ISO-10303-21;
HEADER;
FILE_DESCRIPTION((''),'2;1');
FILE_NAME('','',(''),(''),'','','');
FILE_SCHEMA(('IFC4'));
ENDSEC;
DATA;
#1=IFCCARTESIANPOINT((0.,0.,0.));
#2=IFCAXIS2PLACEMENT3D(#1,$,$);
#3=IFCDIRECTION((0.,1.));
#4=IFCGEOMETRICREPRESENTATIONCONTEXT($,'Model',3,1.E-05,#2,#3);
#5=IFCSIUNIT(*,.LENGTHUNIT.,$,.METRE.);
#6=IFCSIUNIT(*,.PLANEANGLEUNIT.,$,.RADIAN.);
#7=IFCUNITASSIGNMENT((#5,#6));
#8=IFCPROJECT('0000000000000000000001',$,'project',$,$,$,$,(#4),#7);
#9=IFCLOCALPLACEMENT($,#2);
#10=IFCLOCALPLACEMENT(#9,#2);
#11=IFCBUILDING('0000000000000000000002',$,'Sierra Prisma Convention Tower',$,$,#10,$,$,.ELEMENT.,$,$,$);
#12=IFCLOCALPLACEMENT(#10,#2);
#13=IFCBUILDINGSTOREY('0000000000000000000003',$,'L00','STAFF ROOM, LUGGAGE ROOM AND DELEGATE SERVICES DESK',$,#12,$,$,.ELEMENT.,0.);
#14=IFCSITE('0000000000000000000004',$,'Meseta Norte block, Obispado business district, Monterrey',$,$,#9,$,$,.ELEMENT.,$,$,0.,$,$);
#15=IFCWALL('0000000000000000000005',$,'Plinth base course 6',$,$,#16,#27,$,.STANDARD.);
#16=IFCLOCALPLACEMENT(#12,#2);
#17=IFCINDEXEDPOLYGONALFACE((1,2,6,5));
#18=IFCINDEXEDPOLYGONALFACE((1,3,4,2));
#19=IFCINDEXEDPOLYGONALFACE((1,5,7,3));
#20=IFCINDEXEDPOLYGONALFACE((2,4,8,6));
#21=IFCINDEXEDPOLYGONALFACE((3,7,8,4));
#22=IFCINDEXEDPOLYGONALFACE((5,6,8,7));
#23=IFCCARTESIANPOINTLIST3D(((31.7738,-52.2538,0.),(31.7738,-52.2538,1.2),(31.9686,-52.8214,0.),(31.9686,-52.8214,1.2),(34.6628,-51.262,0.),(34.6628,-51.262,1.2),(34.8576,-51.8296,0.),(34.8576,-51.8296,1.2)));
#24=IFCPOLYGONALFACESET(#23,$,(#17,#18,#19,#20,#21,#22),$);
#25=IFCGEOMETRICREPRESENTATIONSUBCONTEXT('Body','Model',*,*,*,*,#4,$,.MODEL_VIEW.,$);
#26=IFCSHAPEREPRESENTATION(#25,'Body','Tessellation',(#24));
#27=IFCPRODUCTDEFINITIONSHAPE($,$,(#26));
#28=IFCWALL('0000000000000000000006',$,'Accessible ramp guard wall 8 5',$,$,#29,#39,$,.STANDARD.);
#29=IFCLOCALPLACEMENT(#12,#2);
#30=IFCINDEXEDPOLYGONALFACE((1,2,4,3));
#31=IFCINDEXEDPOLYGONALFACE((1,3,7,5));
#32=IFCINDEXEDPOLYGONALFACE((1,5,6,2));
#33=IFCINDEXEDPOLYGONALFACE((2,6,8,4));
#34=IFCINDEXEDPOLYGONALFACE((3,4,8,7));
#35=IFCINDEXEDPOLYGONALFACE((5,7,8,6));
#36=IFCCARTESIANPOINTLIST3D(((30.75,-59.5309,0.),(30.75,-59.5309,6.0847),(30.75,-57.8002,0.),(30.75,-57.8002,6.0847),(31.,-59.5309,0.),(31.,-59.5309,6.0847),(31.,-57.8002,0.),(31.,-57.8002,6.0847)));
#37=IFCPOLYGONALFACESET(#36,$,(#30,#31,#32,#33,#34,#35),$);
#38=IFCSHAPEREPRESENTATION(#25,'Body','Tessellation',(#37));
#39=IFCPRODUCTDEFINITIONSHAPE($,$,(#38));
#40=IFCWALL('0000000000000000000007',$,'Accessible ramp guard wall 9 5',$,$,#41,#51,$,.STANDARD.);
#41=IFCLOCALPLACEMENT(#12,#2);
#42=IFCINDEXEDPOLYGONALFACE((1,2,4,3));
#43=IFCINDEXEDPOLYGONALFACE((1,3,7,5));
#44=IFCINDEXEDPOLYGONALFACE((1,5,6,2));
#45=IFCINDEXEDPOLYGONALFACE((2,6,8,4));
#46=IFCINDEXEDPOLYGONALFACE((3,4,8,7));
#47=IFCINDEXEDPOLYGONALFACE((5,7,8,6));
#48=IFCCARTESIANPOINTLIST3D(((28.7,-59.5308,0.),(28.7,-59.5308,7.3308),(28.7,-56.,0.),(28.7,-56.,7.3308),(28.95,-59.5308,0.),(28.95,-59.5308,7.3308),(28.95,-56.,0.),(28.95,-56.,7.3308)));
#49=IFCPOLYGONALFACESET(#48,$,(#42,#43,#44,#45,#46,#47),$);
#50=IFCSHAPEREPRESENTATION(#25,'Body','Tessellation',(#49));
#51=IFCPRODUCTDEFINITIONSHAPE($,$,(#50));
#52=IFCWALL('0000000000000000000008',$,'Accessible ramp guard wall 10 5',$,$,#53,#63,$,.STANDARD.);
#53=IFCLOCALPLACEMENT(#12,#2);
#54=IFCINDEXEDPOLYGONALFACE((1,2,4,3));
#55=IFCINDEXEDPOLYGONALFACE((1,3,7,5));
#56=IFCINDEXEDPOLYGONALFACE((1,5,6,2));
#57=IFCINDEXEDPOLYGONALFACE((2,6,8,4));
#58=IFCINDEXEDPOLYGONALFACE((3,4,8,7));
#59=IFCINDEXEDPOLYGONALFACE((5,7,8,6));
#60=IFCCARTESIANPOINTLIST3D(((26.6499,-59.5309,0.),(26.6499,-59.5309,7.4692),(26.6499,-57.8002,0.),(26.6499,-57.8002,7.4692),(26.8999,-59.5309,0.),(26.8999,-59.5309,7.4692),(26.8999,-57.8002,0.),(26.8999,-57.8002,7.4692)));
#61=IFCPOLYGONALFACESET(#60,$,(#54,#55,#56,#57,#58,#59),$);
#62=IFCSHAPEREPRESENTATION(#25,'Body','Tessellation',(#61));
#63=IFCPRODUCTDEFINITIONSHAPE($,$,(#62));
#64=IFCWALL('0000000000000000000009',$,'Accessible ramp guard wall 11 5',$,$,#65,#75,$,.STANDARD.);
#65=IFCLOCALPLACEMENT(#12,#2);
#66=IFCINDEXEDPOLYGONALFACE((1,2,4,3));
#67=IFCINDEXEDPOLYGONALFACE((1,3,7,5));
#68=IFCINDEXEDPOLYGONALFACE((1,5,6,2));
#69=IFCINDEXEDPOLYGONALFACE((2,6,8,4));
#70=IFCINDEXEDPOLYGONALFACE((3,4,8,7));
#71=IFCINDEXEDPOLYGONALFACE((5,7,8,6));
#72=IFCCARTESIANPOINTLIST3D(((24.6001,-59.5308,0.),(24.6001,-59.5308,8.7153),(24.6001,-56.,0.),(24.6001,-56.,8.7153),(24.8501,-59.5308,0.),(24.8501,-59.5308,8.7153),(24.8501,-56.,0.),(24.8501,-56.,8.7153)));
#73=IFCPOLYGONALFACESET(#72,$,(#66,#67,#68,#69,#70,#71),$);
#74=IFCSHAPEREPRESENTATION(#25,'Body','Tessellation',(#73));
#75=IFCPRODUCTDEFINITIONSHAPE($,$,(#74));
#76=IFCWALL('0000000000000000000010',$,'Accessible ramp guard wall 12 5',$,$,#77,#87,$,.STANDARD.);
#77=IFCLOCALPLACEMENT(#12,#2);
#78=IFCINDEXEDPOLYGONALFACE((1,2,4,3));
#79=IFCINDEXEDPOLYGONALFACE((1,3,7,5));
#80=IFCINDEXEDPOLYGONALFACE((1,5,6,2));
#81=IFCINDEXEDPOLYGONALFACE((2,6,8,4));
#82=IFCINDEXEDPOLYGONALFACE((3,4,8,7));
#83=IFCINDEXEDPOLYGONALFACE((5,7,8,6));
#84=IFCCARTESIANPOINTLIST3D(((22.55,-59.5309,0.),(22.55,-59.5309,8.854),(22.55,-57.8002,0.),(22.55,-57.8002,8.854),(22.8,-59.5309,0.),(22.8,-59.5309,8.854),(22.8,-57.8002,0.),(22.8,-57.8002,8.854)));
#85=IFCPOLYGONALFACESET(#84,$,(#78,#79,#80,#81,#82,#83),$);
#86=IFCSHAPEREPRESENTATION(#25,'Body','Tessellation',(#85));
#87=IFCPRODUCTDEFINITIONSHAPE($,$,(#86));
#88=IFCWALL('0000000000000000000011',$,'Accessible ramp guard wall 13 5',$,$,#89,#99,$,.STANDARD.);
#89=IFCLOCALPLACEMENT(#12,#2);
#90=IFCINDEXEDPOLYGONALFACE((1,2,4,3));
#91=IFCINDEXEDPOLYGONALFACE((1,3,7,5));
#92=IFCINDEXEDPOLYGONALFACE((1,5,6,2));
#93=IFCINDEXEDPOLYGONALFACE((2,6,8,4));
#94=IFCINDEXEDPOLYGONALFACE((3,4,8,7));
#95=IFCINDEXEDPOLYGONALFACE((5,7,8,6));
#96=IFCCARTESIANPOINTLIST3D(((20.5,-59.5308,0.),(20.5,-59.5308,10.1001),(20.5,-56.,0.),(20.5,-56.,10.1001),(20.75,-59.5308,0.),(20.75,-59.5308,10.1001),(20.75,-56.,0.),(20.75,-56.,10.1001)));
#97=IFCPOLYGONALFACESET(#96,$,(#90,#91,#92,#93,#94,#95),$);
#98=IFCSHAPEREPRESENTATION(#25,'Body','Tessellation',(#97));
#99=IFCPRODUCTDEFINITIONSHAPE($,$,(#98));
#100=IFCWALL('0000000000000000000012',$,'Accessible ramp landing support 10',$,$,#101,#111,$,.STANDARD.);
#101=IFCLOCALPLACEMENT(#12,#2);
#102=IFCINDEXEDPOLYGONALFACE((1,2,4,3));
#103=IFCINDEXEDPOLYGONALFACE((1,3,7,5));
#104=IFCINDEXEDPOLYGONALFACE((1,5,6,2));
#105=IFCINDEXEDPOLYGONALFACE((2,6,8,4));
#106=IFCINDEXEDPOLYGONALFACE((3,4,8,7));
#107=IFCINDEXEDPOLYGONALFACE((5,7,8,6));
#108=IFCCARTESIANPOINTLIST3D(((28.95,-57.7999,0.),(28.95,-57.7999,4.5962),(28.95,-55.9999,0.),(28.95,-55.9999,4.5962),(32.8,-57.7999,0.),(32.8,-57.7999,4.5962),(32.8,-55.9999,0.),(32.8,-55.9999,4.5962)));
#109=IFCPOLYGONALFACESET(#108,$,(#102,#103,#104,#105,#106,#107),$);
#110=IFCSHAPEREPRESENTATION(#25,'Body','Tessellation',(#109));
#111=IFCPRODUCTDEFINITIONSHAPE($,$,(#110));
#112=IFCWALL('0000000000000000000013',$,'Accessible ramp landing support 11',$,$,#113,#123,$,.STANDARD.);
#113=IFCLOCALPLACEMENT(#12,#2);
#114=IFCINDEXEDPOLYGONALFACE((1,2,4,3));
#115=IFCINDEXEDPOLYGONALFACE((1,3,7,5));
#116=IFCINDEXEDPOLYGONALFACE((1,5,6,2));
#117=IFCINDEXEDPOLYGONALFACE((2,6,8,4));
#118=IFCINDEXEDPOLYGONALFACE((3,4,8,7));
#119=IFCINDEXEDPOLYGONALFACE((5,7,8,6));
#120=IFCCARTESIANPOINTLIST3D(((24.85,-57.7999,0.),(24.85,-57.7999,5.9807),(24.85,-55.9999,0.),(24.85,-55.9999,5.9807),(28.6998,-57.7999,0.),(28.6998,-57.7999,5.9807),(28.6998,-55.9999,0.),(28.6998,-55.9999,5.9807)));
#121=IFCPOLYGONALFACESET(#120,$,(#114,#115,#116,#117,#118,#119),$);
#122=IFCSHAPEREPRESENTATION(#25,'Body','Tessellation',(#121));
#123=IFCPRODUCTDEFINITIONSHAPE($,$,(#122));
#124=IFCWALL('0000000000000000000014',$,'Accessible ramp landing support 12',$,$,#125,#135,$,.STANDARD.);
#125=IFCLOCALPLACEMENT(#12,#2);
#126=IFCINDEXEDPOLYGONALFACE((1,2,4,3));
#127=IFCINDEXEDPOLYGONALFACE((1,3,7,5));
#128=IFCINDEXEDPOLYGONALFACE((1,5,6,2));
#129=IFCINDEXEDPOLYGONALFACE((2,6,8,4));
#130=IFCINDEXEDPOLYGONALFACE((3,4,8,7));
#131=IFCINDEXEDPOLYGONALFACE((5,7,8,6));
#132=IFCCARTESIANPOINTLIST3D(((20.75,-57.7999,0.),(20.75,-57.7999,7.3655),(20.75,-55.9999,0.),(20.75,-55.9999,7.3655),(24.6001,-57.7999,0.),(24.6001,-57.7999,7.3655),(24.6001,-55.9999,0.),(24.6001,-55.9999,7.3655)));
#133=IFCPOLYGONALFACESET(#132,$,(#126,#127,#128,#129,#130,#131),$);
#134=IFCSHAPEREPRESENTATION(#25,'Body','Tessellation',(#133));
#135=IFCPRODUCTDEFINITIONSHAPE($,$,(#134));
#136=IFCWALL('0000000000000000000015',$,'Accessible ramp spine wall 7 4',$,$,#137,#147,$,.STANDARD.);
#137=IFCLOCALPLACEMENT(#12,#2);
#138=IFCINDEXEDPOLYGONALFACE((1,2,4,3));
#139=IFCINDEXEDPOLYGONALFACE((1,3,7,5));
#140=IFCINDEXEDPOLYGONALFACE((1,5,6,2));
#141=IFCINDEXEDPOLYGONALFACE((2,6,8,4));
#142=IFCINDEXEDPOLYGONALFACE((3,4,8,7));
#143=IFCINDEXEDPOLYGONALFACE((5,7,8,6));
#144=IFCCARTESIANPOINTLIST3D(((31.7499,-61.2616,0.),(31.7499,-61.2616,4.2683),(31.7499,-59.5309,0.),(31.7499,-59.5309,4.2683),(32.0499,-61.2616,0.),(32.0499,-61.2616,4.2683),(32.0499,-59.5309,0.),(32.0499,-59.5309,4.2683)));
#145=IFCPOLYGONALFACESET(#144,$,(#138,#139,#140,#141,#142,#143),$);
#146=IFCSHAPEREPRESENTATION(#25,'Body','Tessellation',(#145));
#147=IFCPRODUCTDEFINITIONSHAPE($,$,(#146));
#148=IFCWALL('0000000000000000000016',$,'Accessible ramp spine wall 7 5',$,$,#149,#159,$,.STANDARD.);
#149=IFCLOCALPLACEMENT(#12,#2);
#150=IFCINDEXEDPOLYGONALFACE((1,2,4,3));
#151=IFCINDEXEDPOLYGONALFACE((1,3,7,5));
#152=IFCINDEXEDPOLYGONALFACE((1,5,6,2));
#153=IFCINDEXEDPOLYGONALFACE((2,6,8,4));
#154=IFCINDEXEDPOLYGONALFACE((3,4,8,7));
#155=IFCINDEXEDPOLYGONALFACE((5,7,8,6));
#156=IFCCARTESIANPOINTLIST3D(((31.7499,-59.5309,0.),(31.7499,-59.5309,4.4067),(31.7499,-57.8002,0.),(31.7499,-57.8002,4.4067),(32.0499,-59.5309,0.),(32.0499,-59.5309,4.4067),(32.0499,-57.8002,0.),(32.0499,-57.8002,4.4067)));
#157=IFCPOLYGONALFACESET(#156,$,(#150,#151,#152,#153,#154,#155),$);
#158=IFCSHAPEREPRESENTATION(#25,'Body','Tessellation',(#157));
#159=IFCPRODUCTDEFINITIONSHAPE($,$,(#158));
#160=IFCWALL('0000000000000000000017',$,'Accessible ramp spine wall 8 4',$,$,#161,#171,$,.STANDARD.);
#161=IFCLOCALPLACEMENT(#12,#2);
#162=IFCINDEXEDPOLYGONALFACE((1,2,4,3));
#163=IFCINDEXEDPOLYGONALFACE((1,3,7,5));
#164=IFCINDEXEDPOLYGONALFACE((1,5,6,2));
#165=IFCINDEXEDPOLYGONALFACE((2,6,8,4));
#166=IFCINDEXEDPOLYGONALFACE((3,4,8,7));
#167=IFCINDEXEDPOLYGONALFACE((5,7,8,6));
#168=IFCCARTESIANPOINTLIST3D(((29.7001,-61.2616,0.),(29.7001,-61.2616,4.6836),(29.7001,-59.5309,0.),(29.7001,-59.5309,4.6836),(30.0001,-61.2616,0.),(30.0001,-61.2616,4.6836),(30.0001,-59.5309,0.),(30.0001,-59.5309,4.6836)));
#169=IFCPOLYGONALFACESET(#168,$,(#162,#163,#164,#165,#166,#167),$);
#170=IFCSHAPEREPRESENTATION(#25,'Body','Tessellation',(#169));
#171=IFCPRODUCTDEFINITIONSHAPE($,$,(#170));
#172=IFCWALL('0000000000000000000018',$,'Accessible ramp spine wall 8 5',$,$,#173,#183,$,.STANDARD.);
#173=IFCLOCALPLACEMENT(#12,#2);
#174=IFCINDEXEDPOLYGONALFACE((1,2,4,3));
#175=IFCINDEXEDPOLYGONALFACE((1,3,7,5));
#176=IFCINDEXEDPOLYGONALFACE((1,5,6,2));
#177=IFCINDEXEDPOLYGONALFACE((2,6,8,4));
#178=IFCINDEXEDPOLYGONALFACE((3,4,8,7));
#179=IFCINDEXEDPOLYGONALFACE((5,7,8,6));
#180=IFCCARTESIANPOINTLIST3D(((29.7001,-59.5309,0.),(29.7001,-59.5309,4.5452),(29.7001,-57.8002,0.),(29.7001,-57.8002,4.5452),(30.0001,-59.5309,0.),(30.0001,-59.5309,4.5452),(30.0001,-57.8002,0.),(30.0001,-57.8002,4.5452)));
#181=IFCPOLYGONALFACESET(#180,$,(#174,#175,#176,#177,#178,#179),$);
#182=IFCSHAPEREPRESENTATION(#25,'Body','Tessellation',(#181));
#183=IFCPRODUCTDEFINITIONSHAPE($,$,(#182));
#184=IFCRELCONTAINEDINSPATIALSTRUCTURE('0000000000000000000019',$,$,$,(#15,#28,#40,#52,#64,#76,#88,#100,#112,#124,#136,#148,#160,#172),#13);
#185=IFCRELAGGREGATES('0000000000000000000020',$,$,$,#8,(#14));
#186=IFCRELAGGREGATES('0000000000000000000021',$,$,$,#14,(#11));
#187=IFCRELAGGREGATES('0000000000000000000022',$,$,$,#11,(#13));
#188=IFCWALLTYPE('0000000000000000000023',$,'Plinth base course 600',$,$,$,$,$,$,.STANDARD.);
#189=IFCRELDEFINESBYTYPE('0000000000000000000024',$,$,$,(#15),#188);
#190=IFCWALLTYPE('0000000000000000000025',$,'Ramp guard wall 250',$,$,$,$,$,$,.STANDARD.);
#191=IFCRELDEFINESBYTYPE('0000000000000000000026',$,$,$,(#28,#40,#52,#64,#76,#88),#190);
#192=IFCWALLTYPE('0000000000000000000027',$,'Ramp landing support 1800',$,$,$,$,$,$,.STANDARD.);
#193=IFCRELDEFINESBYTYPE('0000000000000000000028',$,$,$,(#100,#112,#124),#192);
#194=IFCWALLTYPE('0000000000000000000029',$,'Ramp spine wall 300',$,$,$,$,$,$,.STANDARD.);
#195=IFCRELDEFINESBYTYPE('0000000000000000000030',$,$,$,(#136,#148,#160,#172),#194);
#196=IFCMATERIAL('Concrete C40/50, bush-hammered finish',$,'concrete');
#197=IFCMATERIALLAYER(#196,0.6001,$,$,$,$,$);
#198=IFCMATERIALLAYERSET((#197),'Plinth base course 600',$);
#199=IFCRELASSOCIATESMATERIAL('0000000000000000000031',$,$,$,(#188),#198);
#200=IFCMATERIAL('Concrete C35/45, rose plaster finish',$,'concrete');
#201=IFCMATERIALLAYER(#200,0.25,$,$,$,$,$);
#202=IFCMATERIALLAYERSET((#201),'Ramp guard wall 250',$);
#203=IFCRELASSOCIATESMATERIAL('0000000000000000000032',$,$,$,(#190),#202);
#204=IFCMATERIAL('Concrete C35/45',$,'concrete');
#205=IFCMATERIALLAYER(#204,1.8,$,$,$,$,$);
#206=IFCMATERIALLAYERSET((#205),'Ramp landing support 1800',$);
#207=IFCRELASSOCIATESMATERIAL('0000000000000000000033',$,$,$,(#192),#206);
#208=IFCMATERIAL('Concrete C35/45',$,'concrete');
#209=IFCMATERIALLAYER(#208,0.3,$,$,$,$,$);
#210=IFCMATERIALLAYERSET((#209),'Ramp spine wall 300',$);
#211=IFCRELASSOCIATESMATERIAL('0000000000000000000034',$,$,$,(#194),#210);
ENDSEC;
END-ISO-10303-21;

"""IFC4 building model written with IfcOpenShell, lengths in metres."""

from ifc_helpers import new_model, si_unit, direction, frame, frame_2d, origin, place, context, subcontext, project, spatial, rectangle, extrude, material, layer, layer_set, type_object, element, save


model = new_model("IFC4")

# Units and contexts
model_context = context("Model", 3, precision=1e-05, world=origin(), true_north=direction((0.0, 1.0)))
body_context = subcontext(model_context, "Body", "Model", "MODEL_VIEW")
ifc_project = project(units=[si_unit("LENGTHUNIT", "METRE"), si_unit("PLANEANGLEUNIT", "RADIAN")], contexts=[model_context])

# Site, building, storey
site_placement = place(None, origin())
site = spatial("IfcSite", under=ifc_project, at=site_placement, Name="Meseta Norte block, Obispado business district, Monterrey", CompositionType="ELEMENT", RefElevation=0.0)
building_placement = place(site_placement, origin())
building = spatial("IfcBuilding", under=site, at=building_placement, Name="Sierra Prisma Convention Tower", CompositionType="ELEMENT")
storey_placement = place(building_placement, origin())
storey = spatial("IfcBuildingStorey", under=building, at=storey_placement, Name="L00", Description="STAFF ROOM, LUGGAGE ROOM AND DELEGATE SERVICES DESK", CompositionType="ELEMENT", Elevation=0.0)

# Walls
ifc_material_1 = material(Name="Concrete C40/50, bush-hammered finish", Category="concrete")
ifc_layer_1 = layer(ifc_material_1, 0.6001)
ifc_layer_set_1 = layer_set([ifc_layer_1], Name="Plinth base course 600")
wall_type_1 = type_object("IfcWallType", Name="Plinth base course 600", PredefinedType="STANDARD", material=ifc_layer_set_1)
wall_1_placement = place(storey_placement, frame((31.8711, -52.5376, 0.0), z_axis=(0.0, 0.0, 1.0), x_axis=(0.945824, 0.32468, 0.0)))
element("IfcWall", 1, at=wall_1_placement, inside=storey, type_object=wall_type_1, Name="Plinth base course 6", PredefinedType="STANDARD", context=body_context, shape_type="SweptSolid", body=[
    extrude(rectangle(XDim=3.0544, YDim=0.6001, at=frame_2d((1.5273, 0.0))), origin(), (0.0, 0.0, 1.0), 1.2),
])
ifc_material_2 = material(Name="Concrete C35/45, rose plaster finish", Category="concrete")
ifc_layer_2 = layer(ifc_material_2, 0.25)
ifc_layer_set_2 = layer_set([ifc_layer_2], Name="Ramp guard wall 250")
wall_type_2 = type_object("IfcWallType", Name="Ramp guard wall 250", PredefinedType="STANDARD", material=ifc_layer_set_2)
wall_2_placement = place(storey_placement, frame((30.875, -59.5308, 0.0), z_axis=(0.0, 0.0, 1.0), x_axis=(0.0, 1.0, 0.0)))
element("IfcWall", 2, at=wall_2_placement, inside=storey, type_object=wall_type_2, Name="Accessible ramp guard wall 8 5", PredefinedType="STANDARD", context=body_context, shape_type="SweptSolid", body=[
    extrude(rectangle(XDim=1.7307, YDim=0.25, at=frame_2d((0.8652, 0.0))), origin(), (0.0, 0.0, 1.0), 6.0847),
])
wall_3_placement = place(storey_placement, frame((28.825, -59.5308, 0.0), z_axis=(0.0, 0.0, 1.0), x_axis=(0.0, 1.0, 0.0)))
element("IfcWall", 3, at=wall_3_placement, inside=storey, type_object=wall_type_2, Name="Accessible ramp guard wall 9 5", PredefinedType="STANDARD", context=body_context, shape_type="SweptSolid", body=[
    extrude(rectangle(XDim=3.5308, YDim=0.25, at=frame_2d((1.7654, 0.0))), origin(), (0.0, 0.0, 1.0), 7.3308),
])
wall_4_placement = place(storey_placement, frame((26.7749, -59.5308, 0.0), z_axis=(0.0, 0.0, 1.0), x_axis=(0.0, 1.0, 0.0)))
element("IfcWall", 4, at=wall_4_placement, inside=storey, type_object=wall_type_2, Name="Accessible ramp guard wall 10 5", PredefinedType="STANDARD", context=body_context, shape_type="SweptSolid", body=[
    extrude(rectangle(XDim=1.7307, YDim=0.25, at=frame_2d((0.8652, 0.0))), origin(), (0.0, 0.0, 1.0), 7.4692),
])
wall_5_placement = place(storey_placement, frame((24.7251, -59.5308, 0.0), z_axis=(0.0, 0.0, 1.0), x_axis=(0.0, 1.0, 0.0)))
element("IfcWall", 5, at=wall_5_placement, inside=storey, type_object=wall_type_2, Name="Accessible ramp guard wall 11 5", PredefinedType="STANDARD", context=body_context, shape_type="SweptSolid", body=[
    extrude(rectangle(XDim=3.5308, YDim=0.25, at=frame_2d((1.7654, 0.0))), origin(), (0.0, 0.0, 1.0), 8.7153),
])
wall_6_placement = place(storey_placement, frame((22.675, -59.5308, 0.0), z_axis=(0.0, 0.0, 1.0), x_axis=(0.0, 1.0, 0.0)))
element("IfcWall", 6, at=wall_6_placement, inside=storey, type_object=wall_type_2, Name="Accessible ramp guard wall 12 5", PredefinedType="STANDARD", context=body_context, shape_type="SweptSolid", body=[
    extrude(rectangle(XDim=1.7307, YDim=0.25, at=frame_2d((0.8652, 0.0))), origin(), (0.0, 0.0, 1.0), 8.854),
])
wall_7_placement = place(storey_placement, frame((20.625, -59.5308, 0.0), z_axis=(0.0, 0.0, 1.0), x_axis=(0.0, 1.0, 0.0)))
element("IfcWall", 7, at=wall_7_placement, inside=storey, type_object=wall_type_2, Name="Accessible ramp guard wall 13 5", PredefinedType="STANDARD", context=body_context, shape_type="SweptSolid", body=[
    extrude(rectangle(XDim=3.5308, YDim=0.25, at=frame_2d((1.7654, 0.0))), origin(), (0.0, 0.0, 1.0), 10.1001),
])
ifc_material_3 = material(Name="Concrete C35/45", Category="concrete")
ifc_layer_3 = layer(ifc_material_3, 1.8)
ifc_layer_set_3 = layer_set([ifc_layer_3], Name="Ramp landing support 1800")
wall_type_3 = type_object("IfcWallType", Name="Ramp landing support 1800", PredefinedType="STANDARD", material=ifc_layer_set_3)
wall_8_placement = place(storey_placement, frame((28.95, -56.8999, 0.0), z_axis=(0.0, 0.0, 1.0), x_axis=(1.0, 0.0, 0.0)))
element("IfcWall", 8, at=wall_8_placement, inside=storey, type_object=wall_type_3, Name="Accessible ramp landing support 10", PredefinedType="STANDARD", context=body_context, shape_type="SweptSolid", body=[
    extrude(rectangle(XDim=3.8501, YDim=1.8, at=frame_2d((1.925, 0.0))), origin(), (0.0, 0.0, 1.0), 4.5962),
])
wall_9_placement = place(storey_placement, frame((24.8501, -56.8999, 0.0), z_axis=(0.0, 0.0, 1.0), x_axis=(1.0, 0.0, 0.0)))
element("IfcWall", 9, at=wall_9_placement, inside=storey, type_object=wall_type_3, Name="Accessible ramp landing support 11", PredefinedType="STANDARD", context=body_context, shape_type="SweptSolid", body=[
    extrude(rectangle(XDim=3.8499, YDim=1.8, at=frame_2d((1.9248, 0.0))), origin(), (0.0, 0.0, 1.0), 5.9807),
])
wall_10_placement = place(storey_placement, frame((20.75, -56.8999, 0.0), z_axis=(0.0, 0.0, 1.0), x_axis=(1.0, 0.0, 0.0)))
element("IfcWall", 10, at=wall_10_placement, inside=storey, type_object=wall_type_3, Name="Accessible ramp landing support 12", PredefinedType="STANDARD", context=body_context, shape_type="SweptSolid", body=[
    extrude(rectangle(XDim=3.8501, YDim=1.8, at=frame_2d((1.925, 0.0))), origin(), (0.0, 0.0, 1.0), 7.3655),
])
ifc_material_4 = material(Name="Concrete C35/45", Category="concrete")
ifc_layer_4 = layer(ifc_material_4, 0.3)
ifc_layer_set_4 = layer_set([ifc_layer_4], Name="Ramp spine wall 300")
wall_type_4 = type_object("IfcWallType", Name="Ramp spine wall 300", PredefinedType="STANDARD", material=ifc_layer_set_4)
wall_11_placement = place(storey_placement, frame((31.8999, -61.2615, 0.0), z_axis=(0.0, 0.0, 1.0), x_axis=(0.0, 1.0, 0.0)))
element("IfcWall", 11, at=wall_11_placement, inside=storey, type_object=wall_type_4, Name="Accessible ramp spine wall 7 4", PredefinedType="STANDARD", context=body_context, shape_type="SweptSolid", body=[
    extrude(rectangle(XDim=1.7307, YDim=0.3, at=frame_2d((0.8652, 0.0))), origin(), (0.0, 0.0, 1.0), 4.2683),
])
wall_12_placement = place(storey_placement, frame((31.8999, -59.5308, 0.0), z_axis=(0.0, 0.0, 1.0), x_axis=(0.0, 1.0, 0.0)))
element("IfcWall", 12, at=wall_12_placement, inside=storey, type_object=wall_type_4, Name="Accessible ramp spine wall 7 5", PredefinedType="STANDARD", context=body_context, shape_type="SweptSolid", body=[
    extrude(rectangle(XDim=1.7307, YDim=0.3, at=frame_2d((0.8652, 0.0))), origin(), (0.0, 0.0, 1.0), 4.4067),
])
wall_13_placement = place(storey_placement, frame((29.8501, -61.2615, 0.0), z_axis=(0.0, 0.0, 1.0), x_axis=(0.0, 1.0, 0.0)))
element("IfcWall", 13, at=wall_13_placement, inside=storey, type_object=wall_type_4, Name="Accessible ramp spine wall 8 4", PredefinedType="STANDARD", context=body_context, shape_type="SweptSolid", body=[
    extrude(rectangle(XDim=1.7307, YDim=0.3, at=frame_2d((0.8652, 0.0))), origin(), (0.0, 0.0, 1.0), 4.6836),
])
wall_14_placement = place(storey_placement, frame((29.8501, -59.5308, 0.0), z_axis=(0.0, 0.0, 1.0), x_axis=(0.0, 1.0, 0.0)))
element("IfcWall", 14, at=wall_14_placement, inside=storey, type_object=wall_type_4, Name="Accessible ramp spine wall 8 5", PredefinedType="STANDARD", context=body_context, shape_type="SweptSolid", body=[
    extrude(rectangle(XDim=1.7307, YDim=0.3, at=frame_2d((0.8652, 0.0))), origin(), (0.0, 0.0, 1.0), 4.5452),
])

save(model, "model.ifc")
